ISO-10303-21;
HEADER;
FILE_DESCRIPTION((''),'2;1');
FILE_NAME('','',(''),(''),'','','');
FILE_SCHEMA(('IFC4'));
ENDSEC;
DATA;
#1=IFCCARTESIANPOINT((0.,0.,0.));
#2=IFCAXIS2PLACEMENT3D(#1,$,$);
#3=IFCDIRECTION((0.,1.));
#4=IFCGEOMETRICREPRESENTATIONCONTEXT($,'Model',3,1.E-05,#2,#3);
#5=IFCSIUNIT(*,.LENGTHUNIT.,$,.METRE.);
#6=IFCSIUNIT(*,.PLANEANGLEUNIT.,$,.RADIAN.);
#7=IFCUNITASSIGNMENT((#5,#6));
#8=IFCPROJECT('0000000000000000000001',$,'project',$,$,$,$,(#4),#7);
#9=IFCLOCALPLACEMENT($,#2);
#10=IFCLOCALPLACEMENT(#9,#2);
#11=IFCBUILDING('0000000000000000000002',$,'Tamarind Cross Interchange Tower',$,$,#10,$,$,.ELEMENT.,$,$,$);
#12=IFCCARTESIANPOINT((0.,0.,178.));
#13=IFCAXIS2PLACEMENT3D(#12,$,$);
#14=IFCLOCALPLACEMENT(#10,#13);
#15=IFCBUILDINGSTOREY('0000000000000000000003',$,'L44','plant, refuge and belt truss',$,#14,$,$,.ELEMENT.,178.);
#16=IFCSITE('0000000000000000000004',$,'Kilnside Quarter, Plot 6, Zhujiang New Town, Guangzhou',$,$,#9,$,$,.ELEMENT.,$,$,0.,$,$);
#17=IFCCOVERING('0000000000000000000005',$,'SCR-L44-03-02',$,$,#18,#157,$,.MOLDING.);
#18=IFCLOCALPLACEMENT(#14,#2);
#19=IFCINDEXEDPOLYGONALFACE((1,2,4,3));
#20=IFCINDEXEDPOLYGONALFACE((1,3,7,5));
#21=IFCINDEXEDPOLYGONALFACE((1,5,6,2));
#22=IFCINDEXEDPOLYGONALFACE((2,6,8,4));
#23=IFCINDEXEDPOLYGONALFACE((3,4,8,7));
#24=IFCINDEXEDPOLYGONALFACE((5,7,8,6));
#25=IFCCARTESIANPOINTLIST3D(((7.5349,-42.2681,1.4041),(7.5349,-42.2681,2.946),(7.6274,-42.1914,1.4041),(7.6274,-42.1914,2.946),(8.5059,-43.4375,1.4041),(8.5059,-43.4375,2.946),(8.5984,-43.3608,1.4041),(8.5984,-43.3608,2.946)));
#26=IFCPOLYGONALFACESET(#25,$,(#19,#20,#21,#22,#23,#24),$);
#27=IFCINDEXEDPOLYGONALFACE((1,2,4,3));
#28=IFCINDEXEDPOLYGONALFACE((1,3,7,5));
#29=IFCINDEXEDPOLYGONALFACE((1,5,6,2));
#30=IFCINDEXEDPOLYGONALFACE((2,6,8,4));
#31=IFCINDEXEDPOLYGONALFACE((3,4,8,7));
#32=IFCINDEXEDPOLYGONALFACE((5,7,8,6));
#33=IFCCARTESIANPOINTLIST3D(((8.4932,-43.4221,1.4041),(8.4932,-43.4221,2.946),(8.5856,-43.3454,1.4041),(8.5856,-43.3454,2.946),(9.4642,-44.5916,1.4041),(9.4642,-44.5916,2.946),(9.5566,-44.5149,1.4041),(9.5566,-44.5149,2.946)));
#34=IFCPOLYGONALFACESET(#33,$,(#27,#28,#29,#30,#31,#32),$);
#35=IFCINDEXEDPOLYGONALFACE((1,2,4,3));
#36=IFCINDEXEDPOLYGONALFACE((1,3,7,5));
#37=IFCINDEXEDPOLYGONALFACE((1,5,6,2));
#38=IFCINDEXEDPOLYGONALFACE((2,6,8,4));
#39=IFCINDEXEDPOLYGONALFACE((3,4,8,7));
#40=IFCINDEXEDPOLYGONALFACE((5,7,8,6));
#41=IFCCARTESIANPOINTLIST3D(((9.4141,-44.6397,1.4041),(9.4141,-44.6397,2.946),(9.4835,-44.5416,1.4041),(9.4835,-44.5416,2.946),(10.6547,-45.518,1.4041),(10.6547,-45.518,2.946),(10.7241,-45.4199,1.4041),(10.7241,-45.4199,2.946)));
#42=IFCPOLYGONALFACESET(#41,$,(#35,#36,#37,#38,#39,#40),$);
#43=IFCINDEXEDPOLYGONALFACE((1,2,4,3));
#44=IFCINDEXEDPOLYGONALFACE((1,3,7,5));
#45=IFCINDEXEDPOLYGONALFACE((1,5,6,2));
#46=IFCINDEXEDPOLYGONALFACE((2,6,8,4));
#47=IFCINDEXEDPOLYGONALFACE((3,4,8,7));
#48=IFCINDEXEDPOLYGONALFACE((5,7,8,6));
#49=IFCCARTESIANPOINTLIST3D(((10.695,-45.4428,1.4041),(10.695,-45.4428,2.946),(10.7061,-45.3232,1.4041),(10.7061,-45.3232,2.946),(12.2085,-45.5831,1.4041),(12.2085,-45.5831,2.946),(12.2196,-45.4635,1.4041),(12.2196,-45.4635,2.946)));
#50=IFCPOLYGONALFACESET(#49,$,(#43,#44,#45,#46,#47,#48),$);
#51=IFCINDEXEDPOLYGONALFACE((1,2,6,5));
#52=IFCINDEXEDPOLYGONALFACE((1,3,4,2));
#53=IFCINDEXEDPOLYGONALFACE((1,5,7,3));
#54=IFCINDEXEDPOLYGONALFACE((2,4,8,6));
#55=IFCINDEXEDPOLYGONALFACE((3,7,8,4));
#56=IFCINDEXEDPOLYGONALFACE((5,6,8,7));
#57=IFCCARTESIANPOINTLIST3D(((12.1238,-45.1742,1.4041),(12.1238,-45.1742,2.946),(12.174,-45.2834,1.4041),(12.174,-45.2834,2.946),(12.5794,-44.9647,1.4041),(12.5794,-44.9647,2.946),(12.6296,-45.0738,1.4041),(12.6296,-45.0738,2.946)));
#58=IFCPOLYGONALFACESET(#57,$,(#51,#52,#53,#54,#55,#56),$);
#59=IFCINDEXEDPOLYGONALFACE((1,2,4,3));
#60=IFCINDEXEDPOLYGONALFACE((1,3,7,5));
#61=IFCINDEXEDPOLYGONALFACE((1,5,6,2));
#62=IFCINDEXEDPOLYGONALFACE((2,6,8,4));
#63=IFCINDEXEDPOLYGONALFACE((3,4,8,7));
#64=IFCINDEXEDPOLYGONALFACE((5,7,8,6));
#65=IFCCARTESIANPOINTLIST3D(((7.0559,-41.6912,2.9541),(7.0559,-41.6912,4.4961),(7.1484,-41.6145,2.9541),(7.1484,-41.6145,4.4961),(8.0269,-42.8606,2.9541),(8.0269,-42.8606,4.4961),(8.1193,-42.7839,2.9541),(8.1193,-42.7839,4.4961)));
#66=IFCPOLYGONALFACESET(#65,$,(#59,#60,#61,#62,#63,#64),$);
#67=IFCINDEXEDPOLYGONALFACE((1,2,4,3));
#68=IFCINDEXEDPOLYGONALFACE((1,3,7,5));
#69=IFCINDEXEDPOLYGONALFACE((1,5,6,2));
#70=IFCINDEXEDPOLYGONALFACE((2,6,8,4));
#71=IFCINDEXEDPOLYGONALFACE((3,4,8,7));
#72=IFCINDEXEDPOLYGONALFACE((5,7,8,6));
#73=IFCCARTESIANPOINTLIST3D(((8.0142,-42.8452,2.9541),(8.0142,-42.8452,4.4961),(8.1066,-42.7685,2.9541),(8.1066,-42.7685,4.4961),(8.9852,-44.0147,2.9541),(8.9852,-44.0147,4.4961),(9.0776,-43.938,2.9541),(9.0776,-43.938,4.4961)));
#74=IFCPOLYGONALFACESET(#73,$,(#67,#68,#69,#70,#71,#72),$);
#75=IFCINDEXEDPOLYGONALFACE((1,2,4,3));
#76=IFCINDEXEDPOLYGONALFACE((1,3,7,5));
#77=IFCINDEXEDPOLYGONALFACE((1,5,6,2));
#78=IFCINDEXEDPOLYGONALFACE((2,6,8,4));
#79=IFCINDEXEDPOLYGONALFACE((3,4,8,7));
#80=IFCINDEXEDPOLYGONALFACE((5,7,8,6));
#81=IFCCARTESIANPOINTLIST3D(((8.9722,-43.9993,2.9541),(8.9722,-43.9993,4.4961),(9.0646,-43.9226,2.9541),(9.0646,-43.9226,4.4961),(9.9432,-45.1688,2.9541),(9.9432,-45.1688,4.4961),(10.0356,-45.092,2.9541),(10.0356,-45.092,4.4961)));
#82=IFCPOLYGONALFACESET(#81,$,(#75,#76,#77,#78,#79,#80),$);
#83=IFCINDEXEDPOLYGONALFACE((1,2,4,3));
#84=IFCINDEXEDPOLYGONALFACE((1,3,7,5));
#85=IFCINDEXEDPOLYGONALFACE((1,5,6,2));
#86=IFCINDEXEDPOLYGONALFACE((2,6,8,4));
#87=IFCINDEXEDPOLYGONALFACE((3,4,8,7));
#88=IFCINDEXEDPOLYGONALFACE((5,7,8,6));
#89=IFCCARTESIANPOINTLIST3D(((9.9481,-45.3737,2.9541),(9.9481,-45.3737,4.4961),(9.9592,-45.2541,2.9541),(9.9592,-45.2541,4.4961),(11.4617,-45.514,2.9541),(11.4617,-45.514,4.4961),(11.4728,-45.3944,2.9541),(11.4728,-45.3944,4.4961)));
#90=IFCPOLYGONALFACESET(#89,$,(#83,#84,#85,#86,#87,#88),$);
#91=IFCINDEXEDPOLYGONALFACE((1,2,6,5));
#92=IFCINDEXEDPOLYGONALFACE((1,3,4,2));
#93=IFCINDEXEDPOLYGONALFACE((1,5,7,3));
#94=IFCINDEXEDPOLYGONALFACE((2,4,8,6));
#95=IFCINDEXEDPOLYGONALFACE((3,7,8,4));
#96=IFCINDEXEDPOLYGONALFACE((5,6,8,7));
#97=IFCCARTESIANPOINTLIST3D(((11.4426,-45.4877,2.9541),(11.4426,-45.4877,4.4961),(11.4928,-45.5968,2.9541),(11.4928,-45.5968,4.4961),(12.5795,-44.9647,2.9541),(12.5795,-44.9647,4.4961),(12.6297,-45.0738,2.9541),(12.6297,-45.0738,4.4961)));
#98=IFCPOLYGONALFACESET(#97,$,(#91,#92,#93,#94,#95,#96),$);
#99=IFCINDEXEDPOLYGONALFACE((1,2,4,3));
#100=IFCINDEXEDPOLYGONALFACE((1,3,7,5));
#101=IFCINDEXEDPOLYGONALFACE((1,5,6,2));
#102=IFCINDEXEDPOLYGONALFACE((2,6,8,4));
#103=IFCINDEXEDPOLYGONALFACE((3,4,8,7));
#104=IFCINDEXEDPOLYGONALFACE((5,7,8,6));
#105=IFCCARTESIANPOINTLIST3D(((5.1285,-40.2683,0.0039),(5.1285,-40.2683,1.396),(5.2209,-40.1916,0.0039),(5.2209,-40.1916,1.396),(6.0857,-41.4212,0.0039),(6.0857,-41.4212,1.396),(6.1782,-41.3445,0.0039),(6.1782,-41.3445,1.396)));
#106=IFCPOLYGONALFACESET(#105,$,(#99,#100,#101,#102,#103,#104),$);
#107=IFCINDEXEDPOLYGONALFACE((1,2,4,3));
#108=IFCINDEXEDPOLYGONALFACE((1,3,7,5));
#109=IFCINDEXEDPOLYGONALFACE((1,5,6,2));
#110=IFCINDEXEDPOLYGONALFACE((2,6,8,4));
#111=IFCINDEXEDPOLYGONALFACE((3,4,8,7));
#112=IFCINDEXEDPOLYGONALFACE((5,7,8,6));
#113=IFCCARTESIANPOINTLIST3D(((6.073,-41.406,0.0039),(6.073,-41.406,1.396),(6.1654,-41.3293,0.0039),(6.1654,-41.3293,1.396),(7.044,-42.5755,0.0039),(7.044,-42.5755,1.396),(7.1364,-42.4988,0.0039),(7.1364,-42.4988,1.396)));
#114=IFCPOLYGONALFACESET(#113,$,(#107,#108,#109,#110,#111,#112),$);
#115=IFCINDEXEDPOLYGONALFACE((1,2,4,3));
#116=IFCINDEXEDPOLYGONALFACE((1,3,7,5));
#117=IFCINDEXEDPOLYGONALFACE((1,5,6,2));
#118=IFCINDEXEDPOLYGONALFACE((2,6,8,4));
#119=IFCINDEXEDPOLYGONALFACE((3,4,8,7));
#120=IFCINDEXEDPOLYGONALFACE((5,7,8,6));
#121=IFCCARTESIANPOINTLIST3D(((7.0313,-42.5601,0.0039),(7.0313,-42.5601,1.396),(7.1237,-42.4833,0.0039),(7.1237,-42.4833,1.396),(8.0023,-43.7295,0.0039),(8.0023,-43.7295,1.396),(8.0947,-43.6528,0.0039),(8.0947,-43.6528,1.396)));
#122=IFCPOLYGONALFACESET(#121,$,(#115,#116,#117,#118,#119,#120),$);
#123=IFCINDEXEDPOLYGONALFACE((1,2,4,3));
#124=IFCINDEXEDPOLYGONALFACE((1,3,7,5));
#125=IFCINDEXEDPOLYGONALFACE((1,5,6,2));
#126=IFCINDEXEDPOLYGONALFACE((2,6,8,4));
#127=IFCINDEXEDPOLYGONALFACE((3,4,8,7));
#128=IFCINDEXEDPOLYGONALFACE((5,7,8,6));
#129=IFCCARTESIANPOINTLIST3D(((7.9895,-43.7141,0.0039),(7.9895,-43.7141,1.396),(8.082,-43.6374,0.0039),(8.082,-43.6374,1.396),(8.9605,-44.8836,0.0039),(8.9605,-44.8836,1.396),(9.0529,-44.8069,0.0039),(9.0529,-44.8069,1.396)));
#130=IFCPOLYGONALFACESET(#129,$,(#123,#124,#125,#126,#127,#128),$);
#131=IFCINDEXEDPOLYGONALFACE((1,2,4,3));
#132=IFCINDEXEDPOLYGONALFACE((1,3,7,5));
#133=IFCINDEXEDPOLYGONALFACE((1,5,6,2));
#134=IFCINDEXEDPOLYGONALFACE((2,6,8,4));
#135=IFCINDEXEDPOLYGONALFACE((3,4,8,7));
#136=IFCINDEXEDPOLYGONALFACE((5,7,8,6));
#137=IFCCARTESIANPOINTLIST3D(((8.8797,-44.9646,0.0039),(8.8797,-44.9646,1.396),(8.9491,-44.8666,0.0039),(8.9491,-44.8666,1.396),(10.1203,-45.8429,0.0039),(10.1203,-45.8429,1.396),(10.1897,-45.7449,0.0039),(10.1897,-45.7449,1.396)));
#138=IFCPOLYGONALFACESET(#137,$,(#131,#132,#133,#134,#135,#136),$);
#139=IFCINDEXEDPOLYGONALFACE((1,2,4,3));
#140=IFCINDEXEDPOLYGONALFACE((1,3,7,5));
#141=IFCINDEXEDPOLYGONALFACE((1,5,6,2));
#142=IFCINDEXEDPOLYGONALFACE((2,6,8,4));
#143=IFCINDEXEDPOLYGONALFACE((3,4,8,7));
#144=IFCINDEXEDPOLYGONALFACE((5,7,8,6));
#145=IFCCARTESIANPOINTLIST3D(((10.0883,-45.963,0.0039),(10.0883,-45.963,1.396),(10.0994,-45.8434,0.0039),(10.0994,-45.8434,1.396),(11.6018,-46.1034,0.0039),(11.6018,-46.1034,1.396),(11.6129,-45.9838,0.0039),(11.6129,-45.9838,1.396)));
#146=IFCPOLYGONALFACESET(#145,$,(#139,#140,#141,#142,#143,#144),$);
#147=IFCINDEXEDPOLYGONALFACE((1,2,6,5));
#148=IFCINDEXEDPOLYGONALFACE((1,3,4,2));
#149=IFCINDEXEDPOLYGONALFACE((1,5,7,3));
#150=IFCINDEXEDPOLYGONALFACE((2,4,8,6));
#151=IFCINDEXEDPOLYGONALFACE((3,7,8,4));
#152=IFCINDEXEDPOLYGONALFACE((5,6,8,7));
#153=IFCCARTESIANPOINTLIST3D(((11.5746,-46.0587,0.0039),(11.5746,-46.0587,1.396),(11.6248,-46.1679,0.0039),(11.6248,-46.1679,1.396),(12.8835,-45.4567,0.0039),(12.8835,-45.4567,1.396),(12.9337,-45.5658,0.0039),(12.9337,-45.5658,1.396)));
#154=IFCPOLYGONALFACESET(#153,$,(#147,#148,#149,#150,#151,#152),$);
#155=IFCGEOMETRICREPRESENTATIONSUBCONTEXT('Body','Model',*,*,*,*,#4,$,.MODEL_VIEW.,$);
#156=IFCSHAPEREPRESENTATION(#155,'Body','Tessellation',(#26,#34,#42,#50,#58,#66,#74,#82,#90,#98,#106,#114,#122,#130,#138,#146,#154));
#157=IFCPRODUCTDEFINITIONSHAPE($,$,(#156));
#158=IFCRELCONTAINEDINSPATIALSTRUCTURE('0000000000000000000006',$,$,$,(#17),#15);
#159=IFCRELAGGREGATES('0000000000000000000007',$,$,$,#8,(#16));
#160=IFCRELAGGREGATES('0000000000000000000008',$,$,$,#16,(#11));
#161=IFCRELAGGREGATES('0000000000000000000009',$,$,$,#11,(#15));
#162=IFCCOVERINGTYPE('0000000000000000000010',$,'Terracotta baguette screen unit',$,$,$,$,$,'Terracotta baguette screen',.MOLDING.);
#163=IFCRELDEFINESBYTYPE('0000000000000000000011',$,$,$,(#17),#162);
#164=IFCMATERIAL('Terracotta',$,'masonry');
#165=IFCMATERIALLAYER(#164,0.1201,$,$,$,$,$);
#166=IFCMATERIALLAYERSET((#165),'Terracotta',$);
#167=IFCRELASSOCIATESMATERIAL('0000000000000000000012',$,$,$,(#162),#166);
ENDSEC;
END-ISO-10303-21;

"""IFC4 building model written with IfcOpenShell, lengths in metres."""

from ifc_helpers import new_model, si_unit, direction, frame, origin, origin_2d, place, context, subcontext, project, spatial, rectangle, extrude, material, layer, layer_set, type_object, element, save


model = new_model("IFC4")

# Units and contexts
model_context = context("Model", 3, precision=1e-05, world=origin(), true_north=direction((0.0, 1.0)))
body_context = subcontext(model_context, "Body", "Model", "MODEL_VIEW")
ifc_project = project(units=[si_unit("LENGTHUNIT", "METRE"), si_unit("PLANEANGLEUNIT", "RADIAN")], contexts=[model_context])

# Site, building, storey
site_placement = place(None, origin())
site = spatial("IfcSite", under=ifc_project, at=site_placement, Name="Kilnside Quarter, Plot 6, Zhujiang New Town, Guangzhou", CompositionType="ELEMENT", RefElevation=0.0)
building_placement = place(site_placement, origin())
building = spatial("IfcBuilding", under=site, at=building_placement, Name="Tamarind Cross Interchange Tower", CompositionType="ELEMENT")
storey_placement = place(building_placement, frame((0.0, 0.0, 178.0)))
storey = spatial("IfcBuildingStorey", under=building, at=storey_placement, Name="L44", Description="plant, refuge and belt truss", CompositionType="ELEMENT", Elevation=178.0)

# Covering
ifc_material_1 = material(Name="Terracotta", Category="masonry")
ifc_layer_1 = layer(ifc_material_1, 0.1201)
ifc_layer_set_1 = layer_set([ifc_layer_1], Name="Terracotta")
covering_type = type_object("IfcCoveringType", Name="Terracotta baguette screen unit", ElementType="Terracotta baguette screen", PredefinedType="MOLDING", material=ifc_layer_set_1)
covering_1_placement = place(storey_placement, origin())
element("IfcCovering", 1, at=covering_1_placement, inside=storey, type_object=covering_type, Name="SCR-L44-03-02", PredefinedType="MOLDING", context=body_context, shape_type="SweptSolid", body=[
    extrude(rectangle(XDim=1.52, YDim=0.1201, at=origin_2d()), frame((8.0667, -42.8145, 1.4041), z_axis=(0.0, 0.0, 1.0), x_axis=(0.6388, -0.769373, 0.0)), (0.0, 0.0, 1.0), 1.542),
    extrude(rectangle(XDim=1.52, YDim=0.1201, at=origin_2d()), frame((9.0249, -43.9685, 1.4041), z_axis=(0.0, 0.0, 1.0), x_axis=(0.6388, -0.769373, 0.0)), (0.0, 0.0, 1.0), 1.542),
    extrude(rectangle(XDim=1.52, YDim=0.1201, at=origin_2d()), frame((10.0691, -45.0298, 1.4041), z_axis=(0.0, 0.0, 1.0), x_axis=(0.816162, -0.577823, 0.0)), (0.0, 0.0, 1.0), 1.542),
    extrude(rectangle(XDim=1.52, YDim=0.1201, at=origin_2d()), frame((11.4573, -45.4531, 1.4041), z_axis=(0.0, 0.0, 1.0), x_axis=(0.995729, -0.092329, 0.0)), (0.0, 0.0, 1.0), 1.542),
    extrude(rectangle(XDim=0.5015, YDim=0.1201, at=origin_2d()), frame((12.3767, -45.124, 1.4041), z_axis=(0.0, 0.0, 1.0), x_axis=(0.908491, 0.417905, 0.0)), (0.0, 0.0, 1.0), 1.542),
    extrude(rectangle(XDim=1.52, YDim=0.1201, at=origin_2d()), frame((7.5876, -42.2375, 2.9541), z_axis=(0.0, 0.0, 1.0), x_axis=(0.6388, -0.769373, 0.0)), (0.0, 0.0, 1.0), 1.542),
    extrude(rectangle(XDim=1.52, YDim=0.1201, at=origin_2d()), frame((8.5459, -43.3916, 2.9541), z_axis=(0.0, 0.0, 1.0), x_axis=(0.6388, -0.769373, 0.0)), (0.0, 0.0, 1.0), 1.542),
    extrude(rectangle(XDim=1.52, YDim=0.1201, at=origin_2d()), frame((9.5039, -44.5457, 2.9541), z_axis=(0.0, 0.0, 1.0), x_axis=(0.6388, -0.769373, 0.0)), (0.0, 0.0, 1.0), 1.542),
    extrude(rectangle(XDim=1.52, YDim=0.1201, at=origin_2d()), frame((10.7104, -45.384, 2.9541), z_axis=(0.0, 0.0, 1.0), x_axis=(0.995729, -0.092329, 0.0)), (0.0, 0.0, 1.0), 1.542),
    extrude(rectangle(XDim=1.2515, YDim=0.1201, at=origin_2d()), frame((12.0361, -45.2808, 2.9541), z_axis=(0.0, 0.0, 1.0), x_axis=(0.908491, 0.417905, 0.0)), (0.0, 0.0, 1.0), 1.542),
    extrude(rectangle(XDim=1.4985, YDim=0.1201, at=origin_2d()), frame((5.6533, -40.8064, 0.0039), z_axis=(0.0, 0.0, 1.0), x_axis=(0.6388, -0.769373, 0.0)), (0.0, 0.0, 1.0), 1.3921),
    extrude(rectangle(XDim=1.52, YDim=0.1201, at=origin_2d()), frame((6.6047, -41.9524, 0.0039), z_axis=(0.0, 0.0, 1.0), x_axis=(0.6388, -0.769373, 0.0)), (0.0, 0.0, 1.0), 1.3921),
    extrude(rectangle(XDim=1.52, YDim=0.1201, at=origin_2d()), frame((7.563, -43.1064, 0.0039), z_axis=(0.0, 0.0, 1.0), x_axis=(0.6388, -0.769373, 0.0)), (0.0, 0.0, 1.0), 1.3921),
    extrude(rectangle(XDim=1.52, YDim=0.1201, at=origin_2d()), frame((8.5212, -44.2605, 0.0039), z_axis=(0.0, 0.0, 1.0), x_axis=(0.6388, -0.769373, 0.0)), (0.0, 0.0, 1.0), 1.3921),
    extrude(rectangle(XDim=1.52, YDim=0.1201, at=origin_2d()), frame((9.5347, -45.3547, 0.0039), z_axis=(0.0, 0.0, 1.0), x_axis=(0.816162, -0.577823, 0.0)), (0.0, 0.0, 1.0), 1.3921),
    extrude(rectangle(XDim=1.52, YDim=0.1201, at=origin_2d()), frame((10.8506, -45.9734, 0.0039), z_axis=(0.0, 0.0, 1.0), x_axis=(0.995729, -0.092329, 0.0)), (0.0, 0.0, 1.0), 1.3921),
    extrude(rectangle(XDim=1.4407, YDim=0.1201, at=origin_2d()), frame((12.2542, -45.8123, 0.0039), z_axis=(0.0, 0.0, 1.0), x_axis=(0.908491, 0.417905, 0.0)), (0.0, 0.0, 1.0), 1.3921),
])

save(model, "model.ifc")
